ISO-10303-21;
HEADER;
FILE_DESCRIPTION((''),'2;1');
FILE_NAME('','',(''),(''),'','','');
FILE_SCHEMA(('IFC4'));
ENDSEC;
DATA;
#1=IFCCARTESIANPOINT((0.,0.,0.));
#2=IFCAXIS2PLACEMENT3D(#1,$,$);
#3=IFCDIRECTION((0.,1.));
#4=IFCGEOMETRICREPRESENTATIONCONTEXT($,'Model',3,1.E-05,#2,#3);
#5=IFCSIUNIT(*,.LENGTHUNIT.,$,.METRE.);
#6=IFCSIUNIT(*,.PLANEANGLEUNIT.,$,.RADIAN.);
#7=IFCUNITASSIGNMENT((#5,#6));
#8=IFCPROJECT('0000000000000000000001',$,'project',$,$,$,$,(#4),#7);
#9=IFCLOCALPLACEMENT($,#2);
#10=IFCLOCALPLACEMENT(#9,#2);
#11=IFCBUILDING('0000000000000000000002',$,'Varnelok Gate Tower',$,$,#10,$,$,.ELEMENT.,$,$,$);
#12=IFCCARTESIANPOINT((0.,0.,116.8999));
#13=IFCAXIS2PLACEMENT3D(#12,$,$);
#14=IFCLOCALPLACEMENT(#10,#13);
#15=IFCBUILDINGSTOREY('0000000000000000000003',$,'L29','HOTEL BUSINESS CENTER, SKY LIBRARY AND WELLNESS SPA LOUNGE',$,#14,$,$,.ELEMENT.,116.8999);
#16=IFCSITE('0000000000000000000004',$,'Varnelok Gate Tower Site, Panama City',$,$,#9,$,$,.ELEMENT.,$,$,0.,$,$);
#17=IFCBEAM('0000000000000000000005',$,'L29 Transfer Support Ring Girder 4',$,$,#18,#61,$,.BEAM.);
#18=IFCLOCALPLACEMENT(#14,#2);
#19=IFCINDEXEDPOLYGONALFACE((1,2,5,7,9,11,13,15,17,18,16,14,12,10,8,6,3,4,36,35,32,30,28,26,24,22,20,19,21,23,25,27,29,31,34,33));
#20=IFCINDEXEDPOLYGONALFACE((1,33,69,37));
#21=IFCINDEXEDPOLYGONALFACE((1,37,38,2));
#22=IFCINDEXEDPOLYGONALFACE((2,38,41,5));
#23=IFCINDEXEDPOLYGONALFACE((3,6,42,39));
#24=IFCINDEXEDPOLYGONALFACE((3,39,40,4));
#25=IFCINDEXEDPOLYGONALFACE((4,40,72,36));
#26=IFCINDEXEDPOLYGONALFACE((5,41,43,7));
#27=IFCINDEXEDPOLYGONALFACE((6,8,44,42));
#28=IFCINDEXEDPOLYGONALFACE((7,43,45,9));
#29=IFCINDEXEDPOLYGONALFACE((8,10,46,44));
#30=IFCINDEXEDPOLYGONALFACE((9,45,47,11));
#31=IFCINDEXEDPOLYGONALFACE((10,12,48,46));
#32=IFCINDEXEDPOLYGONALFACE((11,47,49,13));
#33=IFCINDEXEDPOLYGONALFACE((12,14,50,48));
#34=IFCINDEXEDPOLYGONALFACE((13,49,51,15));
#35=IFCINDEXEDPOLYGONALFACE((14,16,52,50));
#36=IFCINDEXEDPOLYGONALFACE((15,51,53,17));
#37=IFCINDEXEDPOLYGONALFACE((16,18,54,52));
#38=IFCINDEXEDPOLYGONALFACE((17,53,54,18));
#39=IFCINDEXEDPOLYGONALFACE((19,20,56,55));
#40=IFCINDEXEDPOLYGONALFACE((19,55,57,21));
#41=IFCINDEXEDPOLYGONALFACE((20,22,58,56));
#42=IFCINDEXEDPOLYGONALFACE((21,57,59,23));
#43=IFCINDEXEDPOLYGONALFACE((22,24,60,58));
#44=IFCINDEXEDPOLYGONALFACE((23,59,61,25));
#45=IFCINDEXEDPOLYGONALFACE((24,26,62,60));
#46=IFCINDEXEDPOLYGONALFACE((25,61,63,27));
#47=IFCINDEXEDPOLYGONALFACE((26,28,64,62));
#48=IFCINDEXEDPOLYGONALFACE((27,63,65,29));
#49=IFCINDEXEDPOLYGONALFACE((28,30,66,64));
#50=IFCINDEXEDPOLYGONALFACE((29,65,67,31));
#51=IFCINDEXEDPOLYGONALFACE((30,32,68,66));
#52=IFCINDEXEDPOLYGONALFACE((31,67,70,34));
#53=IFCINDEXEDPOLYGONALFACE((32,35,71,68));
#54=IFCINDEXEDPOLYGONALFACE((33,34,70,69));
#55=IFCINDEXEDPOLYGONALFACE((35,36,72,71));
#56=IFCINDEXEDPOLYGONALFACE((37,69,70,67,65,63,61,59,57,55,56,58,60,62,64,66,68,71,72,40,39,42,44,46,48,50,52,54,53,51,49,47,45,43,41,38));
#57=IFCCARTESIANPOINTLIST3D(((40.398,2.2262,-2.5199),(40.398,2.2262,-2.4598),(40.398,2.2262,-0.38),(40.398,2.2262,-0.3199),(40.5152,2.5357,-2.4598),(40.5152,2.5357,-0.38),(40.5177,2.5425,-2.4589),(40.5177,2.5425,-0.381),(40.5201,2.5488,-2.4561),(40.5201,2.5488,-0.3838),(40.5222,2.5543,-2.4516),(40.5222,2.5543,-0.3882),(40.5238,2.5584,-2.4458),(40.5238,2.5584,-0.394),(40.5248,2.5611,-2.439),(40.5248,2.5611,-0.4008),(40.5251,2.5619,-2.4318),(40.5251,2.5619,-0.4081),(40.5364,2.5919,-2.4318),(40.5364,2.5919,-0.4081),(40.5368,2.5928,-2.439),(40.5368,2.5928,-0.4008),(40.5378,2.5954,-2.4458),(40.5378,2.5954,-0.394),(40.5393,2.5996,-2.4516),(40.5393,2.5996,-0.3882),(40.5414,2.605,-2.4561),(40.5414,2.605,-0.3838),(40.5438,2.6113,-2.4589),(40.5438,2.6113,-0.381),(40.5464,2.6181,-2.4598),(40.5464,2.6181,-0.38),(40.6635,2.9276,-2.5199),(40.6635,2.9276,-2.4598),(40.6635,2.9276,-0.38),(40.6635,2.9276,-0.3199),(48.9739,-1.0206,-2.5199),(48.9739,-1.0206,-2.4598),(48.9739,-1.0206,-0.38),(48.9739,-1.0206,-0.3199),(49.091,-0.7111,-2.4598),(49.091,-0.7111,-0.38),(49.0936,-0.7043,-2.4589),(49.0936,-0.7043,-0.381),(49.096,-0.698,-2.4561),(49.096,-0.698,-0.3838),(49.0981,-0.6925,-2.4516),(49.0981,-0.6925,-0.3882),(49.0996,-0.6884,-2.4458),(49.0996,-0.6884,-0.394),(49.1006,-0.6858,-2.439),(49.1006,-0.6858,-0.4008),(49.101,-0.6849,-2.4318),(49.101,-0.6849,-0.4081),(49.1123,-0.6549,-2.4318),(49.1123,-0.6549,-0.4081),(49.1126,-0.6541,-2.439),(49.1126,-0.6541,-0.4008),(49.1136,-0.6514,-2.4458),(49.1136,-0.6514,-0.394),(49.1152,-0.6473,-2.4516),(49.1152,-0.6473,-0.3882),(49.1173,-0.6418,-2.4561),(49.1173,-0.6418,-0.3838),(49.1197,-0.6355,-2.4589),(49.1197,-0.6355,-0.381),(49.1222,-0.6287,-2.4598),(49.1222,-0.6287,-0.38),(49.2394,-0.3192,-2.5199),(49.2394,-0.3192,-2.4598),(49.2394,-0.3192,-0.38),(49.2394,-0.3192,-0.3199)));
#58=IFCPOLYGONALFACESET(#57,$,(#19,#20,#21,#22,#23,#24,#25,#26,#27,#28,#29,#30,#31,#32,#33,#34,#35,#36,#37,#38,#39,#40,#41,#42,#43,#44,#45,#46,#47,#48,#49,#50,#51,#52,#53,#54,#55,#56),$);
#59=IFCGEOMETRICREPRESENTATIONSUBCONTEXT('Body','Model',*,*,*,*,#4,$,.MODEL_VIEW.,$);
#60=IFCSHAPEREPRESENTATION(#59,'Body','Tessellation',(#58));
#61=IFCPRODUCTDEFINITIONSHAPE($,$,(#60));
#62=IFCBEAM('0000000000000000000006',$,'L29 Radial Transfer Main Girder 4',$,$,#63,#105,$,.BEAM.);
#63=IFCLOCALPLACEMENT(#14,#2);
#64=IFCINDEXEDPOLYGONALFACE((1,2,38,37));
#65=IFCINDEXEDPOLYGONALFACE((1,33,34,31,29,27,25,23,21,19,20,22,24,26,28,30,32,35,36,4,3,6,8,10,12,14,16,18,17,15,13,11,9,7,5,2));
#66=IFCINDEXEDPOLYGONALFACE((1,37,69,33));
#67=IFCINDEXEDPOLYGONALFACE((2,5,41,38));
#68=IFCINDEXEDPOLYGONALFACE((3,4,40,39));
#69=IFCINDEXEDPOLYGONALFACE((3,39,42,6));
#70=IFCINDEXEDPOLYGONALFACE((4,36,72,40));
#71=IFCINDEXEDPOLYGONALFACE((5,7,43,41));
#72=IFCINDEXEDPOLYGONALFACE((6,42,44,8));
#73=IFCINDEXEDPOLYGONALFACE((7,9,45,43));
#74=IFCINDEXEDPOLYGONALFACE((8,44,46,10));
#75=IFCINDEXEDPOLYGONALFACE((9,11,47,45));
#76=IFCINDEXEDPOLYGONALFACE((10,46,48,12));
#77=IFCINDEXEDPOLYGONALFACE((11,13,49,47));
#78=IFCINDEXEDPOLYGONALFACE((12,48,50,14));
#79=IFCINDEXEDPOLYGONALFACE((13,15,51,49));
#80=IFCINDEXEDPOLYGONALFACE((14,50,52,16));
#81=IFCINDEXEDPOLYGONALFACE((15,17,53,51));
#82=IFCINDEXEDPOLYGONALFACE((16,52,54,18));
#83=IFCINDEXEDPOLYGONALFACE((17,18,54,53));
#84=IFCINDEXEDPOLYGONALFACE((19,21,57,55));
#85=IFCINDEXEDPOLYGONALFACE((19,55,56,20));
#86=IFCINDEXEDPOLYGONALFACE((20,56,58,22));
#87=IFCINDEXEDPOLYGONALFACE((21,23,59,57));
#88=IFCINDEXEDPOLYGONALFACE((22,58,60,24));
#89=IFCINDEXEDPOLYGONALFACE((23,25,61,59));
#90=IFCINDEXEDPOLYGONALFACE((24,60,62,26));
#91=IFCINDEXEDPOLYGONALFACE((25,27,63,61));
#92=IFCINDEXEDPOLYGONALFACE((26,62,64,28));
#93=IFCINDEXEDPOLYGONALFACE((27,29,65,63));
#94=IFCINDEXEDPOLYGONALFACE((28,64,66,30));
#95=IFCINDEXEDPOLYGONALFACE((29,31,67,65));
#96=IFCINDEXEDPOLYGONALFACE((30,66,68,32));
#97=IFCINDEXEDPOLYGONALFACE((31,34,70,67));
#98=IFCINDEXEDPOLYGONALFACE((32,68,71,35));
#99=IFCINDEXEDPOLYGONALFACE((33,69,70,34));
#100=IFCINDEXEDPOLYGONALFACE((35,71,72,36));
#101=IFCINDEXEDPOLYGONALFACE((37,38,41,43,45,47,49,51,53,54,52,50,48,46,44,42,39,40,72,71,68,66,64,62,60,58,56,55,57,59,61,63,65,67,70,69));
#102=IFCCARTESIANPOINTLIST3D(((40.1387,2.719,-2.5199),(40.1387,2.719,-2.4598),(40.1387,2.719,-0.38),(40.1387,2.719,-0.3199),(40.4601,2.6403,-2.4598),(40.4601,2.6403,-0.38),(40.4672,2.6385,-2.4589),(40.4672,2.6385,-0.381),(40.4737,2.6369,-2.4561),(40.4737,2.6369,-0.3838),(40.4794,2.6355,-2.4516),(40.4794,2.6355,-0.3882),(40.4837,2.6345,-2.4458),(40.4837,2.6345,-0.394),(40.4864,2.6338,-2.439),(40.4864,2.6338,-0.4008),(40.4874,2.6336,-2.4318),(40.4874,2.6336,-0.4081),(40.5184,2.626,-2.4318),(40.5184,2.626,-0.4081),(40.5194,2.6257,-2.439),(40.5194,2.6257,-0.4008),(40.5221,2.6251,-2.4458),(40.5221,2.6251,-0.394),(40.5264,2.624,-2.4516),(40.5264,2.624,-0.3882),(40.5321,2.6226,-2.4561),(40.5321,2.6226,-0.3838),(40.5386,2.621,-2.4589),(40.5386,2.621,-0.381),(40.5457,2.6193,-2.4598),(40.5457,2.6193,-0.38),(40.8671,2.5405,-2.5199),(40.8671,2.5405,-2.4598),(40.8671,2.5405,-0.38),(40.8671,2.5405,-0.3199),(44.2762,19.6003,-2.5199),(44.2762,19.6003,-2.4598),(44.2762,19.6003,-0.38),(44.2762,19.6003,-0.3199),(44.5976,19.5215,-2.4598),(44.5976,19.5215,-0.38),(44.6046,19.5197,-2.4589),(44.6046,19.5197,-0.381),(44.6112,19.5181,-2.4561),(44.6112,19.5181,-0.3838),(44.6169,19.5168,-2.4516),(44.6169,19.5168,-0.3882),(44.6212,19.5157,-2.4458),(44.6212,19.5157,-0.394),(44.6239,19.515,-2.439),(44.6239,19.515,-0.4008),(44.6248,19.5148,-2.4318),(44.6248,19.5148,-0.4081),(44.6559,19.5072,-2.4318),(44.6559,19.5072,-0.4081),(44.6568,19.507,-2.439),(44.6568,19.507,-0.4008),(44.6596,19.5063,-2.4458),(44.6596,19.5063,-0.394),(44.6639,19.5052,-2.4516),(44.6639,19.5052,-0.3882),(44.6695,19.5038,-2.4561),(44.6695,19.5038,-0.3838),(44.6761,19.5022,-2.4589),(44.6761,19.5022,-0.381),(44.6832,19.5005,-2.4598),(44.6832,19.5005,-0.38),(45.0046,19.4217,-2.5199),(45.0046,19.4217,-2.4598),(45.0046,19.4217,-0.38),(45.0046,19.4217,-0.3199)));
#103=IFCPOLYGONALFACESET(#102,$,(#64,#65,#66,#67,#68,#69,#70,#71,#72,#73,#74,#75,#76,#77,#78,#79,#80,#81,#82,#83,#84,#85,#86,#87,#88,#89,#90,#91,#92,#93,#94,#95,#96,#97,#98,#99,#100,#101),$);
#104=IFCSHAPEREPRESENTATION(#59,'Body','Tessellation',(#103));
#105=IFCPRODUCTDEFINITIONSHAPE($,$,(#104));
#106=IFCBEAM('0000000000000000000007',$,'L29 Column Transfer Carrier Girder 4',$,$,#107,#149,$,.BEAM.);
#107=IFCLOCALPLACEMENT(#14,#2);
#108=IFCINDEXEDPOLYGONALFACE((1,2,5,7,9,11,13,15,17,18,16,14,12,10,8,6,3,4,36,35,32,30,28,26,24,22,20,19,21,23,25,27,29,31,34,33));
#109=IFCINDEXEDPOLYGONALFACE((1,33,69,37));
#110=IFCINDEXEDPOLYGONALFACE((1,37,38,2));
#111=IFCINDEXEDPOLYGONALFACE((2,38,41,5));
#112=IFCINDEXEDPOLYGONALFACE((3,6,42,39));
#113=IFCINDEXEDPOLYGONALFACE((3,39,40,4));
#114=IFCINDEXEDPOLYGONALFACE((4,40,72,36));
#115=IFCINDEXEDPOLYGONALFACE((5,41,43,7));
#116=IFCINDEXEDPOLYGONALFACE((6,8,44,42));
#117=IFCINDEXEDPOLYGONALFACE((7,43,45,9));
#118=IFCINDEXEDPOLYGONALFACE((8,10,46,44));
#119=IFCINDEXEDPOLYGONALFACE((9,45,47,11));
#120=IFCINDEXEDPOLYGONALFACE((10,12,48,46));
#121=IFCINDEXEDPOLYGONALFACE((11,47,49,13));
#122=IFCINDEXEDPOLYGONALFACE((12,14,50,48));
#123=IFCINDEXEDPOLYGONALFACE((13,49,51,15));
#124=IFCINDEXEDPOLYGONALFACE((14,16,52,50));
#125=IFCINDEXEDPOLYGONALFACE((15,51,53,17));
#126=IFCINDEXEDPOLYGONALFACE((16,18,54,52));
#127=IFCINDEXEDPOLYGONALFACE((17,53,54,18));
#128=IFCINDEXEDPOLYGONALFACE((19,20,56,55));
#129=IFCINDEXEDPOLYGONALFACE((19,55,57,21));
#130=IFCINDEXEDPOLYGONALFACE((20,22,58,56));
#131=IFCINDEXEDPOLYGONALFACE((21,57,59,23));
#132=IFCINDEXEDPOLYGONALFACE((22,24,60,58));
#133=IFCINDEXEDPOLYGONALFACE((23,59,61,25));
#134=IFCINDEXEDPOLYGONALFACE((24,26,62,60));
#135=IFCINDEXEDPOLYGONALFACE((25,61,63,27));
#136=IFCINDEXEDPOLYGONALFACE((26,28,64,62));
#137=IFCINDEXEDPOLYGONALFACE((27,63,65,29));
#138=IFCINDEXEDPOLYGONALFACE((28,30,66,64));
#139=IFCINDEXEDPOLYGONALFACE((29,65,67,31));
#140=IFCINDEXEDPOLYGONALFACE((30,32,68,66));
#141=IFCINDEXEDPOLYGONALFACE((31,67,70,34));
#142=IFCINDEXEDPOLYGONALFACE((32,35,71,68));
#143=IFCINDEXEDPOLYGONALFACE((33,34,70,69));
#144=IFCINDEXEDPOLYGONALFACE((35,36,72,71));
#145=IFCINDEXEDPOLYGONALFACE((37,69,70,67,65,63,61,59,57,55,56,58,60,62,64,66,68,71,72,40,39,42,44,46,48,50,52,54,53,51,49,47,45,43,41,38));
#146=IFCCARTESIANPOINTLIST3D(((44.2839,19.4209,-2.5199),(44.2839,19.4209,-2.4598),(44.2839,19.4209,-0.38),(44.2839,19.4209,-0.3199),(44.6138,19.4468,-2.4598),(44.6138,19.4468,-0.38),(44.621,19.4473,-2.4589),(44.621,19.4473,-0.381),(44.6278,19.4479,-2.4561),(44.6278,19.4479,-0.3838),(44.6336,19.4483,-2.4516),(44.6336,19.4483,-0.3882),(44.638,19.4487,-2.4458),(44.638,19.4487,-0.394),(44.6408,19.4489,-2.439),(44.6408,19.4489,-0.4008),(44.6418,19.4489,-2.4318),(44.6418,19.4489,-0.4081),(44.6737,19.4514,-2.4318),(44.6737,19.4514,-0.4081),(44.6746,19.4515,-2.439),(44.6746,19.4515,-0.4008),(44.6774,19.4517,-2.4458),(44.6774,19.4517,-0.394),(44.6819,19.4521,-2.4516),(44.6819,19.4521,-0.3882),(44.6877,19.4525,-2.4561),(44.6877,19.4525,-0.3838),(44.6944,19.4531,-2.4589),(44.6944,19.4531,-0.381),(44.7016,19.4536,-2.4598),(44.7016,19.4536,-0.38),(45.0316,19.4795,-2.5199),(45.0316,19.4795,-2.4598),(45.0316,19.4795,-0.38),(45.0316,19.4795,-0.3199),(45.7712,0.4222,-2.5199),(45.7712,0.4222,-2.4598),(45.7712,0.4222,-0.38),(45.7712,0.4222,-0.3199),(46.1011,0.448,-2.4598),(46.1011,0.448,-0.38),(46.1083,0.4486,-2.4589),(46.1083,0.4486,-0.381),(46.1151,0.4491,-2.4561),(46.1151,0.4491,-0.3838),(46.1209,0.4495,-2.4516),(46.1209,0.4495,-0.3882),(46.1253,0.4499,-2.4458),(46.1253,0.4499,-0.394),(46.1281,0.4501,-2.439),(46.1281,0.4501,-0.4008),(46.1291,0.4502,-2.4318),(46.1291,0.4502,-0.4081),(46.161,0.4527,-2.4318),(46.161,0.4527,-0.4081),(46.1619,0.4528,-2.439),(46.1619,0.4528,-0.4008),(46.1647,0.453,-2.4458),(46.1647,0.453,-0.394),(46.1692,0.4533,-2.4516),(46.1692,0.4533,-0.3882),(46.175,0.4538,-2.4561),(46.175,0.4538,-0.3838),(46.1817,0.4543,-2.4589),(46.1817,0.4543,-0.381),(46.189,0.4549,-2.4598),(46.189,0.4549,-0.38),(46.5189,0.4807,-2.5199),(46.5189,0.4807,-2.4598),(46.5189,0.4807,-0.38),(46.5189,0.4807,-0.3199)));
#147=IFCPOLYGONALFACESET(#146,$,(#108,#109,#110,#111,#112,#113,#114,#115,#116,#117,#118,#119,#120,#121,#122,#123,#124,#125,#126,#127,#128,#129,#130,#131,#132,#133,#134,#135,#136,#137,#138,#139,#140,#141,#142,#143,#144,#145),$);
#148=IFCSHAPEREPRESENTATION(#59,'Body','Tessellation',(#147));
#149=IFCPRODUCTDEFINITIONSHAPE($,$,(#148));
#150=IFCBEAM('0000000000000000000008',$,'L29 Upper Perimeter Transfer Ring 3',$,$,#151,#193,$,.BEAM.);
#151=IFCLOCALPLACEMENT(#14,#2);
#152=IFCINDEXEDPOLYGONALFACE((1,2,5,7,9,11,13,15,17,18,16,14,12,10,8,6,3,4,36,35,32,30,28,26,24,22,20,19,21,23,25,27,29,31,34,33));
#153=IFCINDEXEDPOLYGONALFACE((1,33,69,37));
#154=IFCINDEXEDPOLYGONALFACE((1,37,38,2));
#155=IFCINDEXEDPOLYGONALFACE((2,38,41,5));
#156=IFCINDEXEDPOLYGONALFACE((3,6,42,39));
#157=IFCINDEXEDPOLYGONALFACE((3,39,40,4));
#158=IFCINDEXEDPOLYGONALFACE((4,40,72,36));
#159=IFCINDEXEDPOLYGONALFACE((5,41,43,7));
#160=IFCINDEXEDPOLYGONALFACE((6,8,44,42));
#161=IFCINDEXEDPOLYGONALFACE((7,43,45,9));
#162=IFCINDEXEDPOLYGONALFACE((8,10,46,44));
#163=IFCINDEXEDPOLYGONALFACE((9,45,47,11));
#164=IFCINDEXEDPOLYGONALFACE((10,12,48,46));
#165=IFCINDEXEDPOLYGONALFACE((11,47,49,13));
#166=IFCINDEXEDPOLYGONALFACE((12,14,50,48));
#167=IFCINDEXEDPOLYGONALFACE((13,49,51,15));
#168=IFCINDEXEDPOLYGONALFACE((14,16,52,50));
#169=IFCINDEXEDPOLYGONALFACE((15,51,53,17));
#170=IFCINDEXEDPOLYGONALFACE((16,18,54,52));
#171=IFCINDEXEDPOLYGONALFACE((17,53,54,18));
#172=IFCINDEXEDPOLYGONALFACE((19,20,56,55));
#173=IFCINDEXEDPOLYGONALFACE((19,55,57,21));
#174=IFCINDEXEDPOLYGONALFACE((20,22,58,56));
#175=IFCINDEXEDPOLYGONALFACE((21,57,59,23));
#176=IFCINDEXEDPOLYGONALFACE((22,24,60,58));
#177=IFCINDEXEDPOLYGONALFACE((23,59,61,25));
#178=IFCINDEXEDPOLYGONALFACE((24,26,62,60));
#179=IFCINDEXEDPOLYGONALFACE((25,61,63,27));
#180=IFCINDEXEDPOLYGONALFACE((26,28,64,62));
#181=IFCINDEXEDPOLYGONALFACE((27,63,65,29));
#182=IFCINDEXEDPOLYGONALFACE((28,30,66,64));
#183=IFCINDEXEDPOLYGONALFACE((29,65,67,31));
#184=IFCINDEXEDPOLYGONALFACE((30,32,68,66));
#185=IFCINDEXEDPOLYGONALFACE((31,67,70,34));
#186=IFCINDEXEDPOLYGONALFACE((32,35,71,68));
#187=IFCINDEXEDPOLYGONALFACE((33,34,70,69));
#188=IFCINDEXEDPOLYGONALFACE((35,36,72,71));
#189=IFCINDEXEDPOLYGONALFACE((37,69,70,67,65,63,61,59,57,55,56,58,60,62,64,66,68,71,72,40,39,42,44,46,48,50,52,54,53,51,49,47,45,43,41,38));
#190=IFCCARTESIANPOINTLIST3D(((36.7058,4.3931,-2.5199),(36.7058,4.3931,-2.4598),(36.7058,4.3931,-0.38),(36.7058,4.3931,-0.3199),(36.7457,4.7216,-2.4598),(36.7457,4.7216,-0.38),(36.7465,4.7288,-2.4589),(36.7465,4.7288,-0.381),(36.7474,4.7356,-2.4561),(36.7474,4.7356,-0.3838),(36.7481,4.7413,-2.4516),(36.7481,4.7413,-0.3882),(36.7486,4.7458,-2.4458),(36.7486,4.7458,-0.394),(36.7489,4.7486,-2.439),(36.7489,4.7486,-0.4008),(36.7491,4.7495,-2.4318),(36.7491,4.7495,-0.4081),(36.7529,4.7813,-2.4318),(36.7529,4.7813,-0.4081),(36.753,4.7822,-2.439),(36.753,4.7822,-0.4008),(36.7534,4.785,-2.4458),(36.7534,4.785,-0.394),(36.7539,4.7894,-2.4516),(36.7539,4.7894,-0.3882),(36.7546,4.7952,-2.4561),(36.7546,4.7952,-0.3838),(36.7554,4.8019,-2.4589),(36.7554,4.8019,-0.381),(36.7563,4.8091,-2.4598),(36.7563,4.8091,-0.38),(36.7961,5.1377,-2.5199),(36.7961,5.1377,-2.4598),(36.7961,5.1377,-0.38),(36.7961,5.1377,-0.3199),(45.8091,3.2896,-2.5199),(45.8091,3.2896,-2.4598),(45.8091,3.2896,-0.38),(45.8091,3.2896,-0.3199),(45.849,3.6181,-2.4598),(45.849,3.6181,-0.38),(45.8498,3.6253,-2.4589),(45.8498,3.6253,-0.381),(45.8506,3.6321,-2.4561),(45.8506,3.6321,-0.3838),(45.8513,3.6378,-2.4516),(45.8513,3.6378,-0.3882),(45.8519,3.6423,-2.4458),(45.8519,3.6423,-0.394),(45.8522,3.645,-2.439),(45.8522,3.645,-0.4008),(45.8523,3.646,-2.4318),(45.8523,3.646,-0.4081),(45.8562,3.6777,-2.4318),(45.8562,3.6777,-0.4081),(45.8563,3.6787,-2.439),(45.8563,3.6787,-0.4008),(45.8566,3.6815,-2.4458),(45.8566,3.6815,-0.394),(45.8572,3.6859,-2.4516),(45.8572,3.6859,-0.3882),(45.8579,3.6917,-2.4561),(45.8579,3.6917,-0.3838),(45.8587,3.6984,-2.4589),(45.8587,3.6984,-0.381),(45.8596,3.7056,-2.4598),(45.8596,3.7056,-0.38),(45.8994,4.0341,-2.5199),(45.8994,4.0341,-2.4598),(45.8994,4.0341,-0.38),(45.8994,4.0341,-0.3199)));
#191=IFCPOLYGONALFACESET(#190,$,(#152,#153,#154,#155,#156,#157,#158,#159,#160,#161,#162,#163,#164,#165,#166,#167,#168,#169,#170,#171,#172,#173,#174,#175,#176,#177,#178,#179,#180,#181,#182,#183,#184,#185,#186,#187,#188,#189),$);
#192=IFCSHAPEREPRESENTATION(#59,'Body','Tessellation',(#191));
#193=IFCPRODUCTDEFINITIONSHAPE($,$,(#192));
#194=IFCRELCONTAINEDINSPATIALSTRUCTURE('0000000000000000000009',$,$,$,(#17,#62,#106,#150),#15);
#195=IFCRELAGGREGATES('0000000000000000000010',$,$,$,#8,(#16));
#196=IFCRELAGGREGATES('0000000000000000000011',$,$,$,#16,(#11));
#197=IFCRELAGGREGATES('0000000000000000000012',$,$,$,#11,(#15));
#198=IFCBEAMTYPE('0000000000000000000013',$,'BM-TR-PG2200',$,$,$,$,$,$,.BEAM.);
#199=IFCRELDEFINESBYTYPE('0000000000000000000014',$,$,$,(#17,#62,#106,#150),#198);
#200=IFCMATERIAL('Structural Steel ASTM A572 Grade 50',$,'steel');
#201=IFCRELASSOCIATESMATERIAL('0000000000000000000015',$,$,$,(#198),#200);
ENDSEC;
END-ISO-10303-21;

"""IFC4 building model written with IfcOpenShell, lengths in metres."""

from ifc_helpers import new_model, si_unit, direction, frame, origin, origin_2d, place, context, subcontext, project, spatial, i_section, extrude, material, material_profile, profile_set, type_object, element, save


model = new_model("IFC4")

# Units and contexts
model_context = context("Model", 3, precision=1e-05, world=origin(), true_north=direction((0.0, 1.0)))
body_context = subcontext(model_context, "Body", "Model", "MODEL_VIEW")
ifc_project = project(units=[si_unit("LENGTHUNIT", "METRE"), si_unit("PLANEANGLEUNIT", "RADIAN")], contexts=[model_context])

# Site, building, storey
site_placement = place(None, origin())
site = spatial("IfcSite", under=ifc_project, at=site_placement, Name="Varnelok Gate Tower Site, Panama City", CompositionType="ELEMENT", RefElevation=0.0)
building_placement = place(site_placement, origin())
building = spatial("IfcBuilding", under=site, at=building_placement, Name="Varnelok Gate Tower", CompositionType="ELEMENT")
storey_placement = place(building_placement, frame((0.0, 0.0, 116.8999)))
storey = spatial("IfcBuildingStorey", under=building, at=storey_placement, Name="L29", Description="HOTEL BUSINESS CENTER, SKY LIBRARY AND WELLNESS SPA LOUNGE", CompositionType="ELEMENT", Elevation=116.8999)

# Beams
ifc_material_1 = material(Name="Structural Steel ASTM A572 Grade 50", Category="steel")
ifc_material_profile_1 = material_profile(ifc_material_1, i_section(OverallWidth=0.75, OverallDepth=2.2, WebThickness=0.032, FlangeThickness=0.0601, FilletRadius=0.0281, at=origin_2d()), Name="PG2200X750")
ifc_profile_set_1 = profile_set([ifc_material_profile_1], Name="Structural Steel ASTM A572 Grade 50")
beam_type_1 = type_object("IfcBeamType", Name="BM-TR-PG2200", PredefinedType="BEAM", material=ifc_profile_set_1)
beam_1_placement = place(storey_placement, frame((40.5308, 2.5769, -1.4199), z_axis=(0.935218, -0.354071, 0.0), x_axis=(0.354071, 0.935218, 0.0)))
element("IfcBeam", 1, at=beam_1_placement, inside=storey, type_object=beam_type_1, Name="L29 Transfer Support Ring Girder 4", PredefinedType="BEAM", context=body_context, shape_type="SweptSolid", body=[
    extrude(i_section(OverallWidth=0.75, OverallDepth=2.2, WebThickness=0.032, FlangeThickness=0.0601, FilletRadius=0.0281, at=origin_2d()), origin(), (0.0, 0.0, 1.0), 9.1699),
])
beam_2_placement = place(storey_placement, frame((44.6404, 19.511, -1.4199), z_axis=(-0.238048, -0.971253, 0.0), x_axis=(0.971253, -0.238048, 0.0)))
element("IfcBeam", 2, at=beam_2_placement, inside=storey, type_object=beam_type_1, Name="L29 Radial Transfer Main Girder 4", PredefinedType="BEAM", context=body_context, shape_type="SweptSolid", body=[
    extrude(i_section(OverallWidth=0.75, OverallDepth=2.2, WebThickness=0.032, FlangeThickness=0.0601, FilletRadius=0.0281, at=origin_2d()), origin(), (0.0, 0.0, 1.0), 17.3809),
])
beam_3_placement = place(storey_placement, frame((44.6577, 19.4502, -1.4199), z_axis=(0.078045, -0.99695, 0.0), x_axis=(0.99695, 0.078045, 0.0)))
element("IfcBeam", 3, at=beam_3_placement, inside=storey, type_object=beam_type_1, Name="L29 Column Transfer Carrier Girder 4", PredefinedType="BEAM", context=body_context, shape_type="SweptSolid", body=[
    extrude(i_section(OverallWidth=0.75, OverallDepth=2.2, WebThickness=0.032, FlangeThickness=0.0601, FilletRadius=0.0281, at=origin_2d()), origin(), (0.0, 0.0, 1.0), 19.0569),
])
beam_4_placement = place(storey_placement, frame((36.751, 4.7654, -1.4199), z_axis=(0.992733, -0.120341, 0.0), x_axis=(0.120341, 0.992733, 0.0)))
element("IfcBeam", 4, at=beam_4_placement, inside=storey, type_object=beam_type_1, Name="L29 Upper Perimeter Transfer Ring 3", PredefinedType="BEAM", context=body_context, shape_type="SweptSolid", body=[
    extrude(i_section(OverallWidth=0.75, OverallDepth=2.2, WebThickness=0.032, FlangeThickness=0.0601, FilletRadius=0.0281, at=origin_2d()), origin(), (0.0, 0.0, 1.0), 9.1699),
])

save(model, "model.ifc")
